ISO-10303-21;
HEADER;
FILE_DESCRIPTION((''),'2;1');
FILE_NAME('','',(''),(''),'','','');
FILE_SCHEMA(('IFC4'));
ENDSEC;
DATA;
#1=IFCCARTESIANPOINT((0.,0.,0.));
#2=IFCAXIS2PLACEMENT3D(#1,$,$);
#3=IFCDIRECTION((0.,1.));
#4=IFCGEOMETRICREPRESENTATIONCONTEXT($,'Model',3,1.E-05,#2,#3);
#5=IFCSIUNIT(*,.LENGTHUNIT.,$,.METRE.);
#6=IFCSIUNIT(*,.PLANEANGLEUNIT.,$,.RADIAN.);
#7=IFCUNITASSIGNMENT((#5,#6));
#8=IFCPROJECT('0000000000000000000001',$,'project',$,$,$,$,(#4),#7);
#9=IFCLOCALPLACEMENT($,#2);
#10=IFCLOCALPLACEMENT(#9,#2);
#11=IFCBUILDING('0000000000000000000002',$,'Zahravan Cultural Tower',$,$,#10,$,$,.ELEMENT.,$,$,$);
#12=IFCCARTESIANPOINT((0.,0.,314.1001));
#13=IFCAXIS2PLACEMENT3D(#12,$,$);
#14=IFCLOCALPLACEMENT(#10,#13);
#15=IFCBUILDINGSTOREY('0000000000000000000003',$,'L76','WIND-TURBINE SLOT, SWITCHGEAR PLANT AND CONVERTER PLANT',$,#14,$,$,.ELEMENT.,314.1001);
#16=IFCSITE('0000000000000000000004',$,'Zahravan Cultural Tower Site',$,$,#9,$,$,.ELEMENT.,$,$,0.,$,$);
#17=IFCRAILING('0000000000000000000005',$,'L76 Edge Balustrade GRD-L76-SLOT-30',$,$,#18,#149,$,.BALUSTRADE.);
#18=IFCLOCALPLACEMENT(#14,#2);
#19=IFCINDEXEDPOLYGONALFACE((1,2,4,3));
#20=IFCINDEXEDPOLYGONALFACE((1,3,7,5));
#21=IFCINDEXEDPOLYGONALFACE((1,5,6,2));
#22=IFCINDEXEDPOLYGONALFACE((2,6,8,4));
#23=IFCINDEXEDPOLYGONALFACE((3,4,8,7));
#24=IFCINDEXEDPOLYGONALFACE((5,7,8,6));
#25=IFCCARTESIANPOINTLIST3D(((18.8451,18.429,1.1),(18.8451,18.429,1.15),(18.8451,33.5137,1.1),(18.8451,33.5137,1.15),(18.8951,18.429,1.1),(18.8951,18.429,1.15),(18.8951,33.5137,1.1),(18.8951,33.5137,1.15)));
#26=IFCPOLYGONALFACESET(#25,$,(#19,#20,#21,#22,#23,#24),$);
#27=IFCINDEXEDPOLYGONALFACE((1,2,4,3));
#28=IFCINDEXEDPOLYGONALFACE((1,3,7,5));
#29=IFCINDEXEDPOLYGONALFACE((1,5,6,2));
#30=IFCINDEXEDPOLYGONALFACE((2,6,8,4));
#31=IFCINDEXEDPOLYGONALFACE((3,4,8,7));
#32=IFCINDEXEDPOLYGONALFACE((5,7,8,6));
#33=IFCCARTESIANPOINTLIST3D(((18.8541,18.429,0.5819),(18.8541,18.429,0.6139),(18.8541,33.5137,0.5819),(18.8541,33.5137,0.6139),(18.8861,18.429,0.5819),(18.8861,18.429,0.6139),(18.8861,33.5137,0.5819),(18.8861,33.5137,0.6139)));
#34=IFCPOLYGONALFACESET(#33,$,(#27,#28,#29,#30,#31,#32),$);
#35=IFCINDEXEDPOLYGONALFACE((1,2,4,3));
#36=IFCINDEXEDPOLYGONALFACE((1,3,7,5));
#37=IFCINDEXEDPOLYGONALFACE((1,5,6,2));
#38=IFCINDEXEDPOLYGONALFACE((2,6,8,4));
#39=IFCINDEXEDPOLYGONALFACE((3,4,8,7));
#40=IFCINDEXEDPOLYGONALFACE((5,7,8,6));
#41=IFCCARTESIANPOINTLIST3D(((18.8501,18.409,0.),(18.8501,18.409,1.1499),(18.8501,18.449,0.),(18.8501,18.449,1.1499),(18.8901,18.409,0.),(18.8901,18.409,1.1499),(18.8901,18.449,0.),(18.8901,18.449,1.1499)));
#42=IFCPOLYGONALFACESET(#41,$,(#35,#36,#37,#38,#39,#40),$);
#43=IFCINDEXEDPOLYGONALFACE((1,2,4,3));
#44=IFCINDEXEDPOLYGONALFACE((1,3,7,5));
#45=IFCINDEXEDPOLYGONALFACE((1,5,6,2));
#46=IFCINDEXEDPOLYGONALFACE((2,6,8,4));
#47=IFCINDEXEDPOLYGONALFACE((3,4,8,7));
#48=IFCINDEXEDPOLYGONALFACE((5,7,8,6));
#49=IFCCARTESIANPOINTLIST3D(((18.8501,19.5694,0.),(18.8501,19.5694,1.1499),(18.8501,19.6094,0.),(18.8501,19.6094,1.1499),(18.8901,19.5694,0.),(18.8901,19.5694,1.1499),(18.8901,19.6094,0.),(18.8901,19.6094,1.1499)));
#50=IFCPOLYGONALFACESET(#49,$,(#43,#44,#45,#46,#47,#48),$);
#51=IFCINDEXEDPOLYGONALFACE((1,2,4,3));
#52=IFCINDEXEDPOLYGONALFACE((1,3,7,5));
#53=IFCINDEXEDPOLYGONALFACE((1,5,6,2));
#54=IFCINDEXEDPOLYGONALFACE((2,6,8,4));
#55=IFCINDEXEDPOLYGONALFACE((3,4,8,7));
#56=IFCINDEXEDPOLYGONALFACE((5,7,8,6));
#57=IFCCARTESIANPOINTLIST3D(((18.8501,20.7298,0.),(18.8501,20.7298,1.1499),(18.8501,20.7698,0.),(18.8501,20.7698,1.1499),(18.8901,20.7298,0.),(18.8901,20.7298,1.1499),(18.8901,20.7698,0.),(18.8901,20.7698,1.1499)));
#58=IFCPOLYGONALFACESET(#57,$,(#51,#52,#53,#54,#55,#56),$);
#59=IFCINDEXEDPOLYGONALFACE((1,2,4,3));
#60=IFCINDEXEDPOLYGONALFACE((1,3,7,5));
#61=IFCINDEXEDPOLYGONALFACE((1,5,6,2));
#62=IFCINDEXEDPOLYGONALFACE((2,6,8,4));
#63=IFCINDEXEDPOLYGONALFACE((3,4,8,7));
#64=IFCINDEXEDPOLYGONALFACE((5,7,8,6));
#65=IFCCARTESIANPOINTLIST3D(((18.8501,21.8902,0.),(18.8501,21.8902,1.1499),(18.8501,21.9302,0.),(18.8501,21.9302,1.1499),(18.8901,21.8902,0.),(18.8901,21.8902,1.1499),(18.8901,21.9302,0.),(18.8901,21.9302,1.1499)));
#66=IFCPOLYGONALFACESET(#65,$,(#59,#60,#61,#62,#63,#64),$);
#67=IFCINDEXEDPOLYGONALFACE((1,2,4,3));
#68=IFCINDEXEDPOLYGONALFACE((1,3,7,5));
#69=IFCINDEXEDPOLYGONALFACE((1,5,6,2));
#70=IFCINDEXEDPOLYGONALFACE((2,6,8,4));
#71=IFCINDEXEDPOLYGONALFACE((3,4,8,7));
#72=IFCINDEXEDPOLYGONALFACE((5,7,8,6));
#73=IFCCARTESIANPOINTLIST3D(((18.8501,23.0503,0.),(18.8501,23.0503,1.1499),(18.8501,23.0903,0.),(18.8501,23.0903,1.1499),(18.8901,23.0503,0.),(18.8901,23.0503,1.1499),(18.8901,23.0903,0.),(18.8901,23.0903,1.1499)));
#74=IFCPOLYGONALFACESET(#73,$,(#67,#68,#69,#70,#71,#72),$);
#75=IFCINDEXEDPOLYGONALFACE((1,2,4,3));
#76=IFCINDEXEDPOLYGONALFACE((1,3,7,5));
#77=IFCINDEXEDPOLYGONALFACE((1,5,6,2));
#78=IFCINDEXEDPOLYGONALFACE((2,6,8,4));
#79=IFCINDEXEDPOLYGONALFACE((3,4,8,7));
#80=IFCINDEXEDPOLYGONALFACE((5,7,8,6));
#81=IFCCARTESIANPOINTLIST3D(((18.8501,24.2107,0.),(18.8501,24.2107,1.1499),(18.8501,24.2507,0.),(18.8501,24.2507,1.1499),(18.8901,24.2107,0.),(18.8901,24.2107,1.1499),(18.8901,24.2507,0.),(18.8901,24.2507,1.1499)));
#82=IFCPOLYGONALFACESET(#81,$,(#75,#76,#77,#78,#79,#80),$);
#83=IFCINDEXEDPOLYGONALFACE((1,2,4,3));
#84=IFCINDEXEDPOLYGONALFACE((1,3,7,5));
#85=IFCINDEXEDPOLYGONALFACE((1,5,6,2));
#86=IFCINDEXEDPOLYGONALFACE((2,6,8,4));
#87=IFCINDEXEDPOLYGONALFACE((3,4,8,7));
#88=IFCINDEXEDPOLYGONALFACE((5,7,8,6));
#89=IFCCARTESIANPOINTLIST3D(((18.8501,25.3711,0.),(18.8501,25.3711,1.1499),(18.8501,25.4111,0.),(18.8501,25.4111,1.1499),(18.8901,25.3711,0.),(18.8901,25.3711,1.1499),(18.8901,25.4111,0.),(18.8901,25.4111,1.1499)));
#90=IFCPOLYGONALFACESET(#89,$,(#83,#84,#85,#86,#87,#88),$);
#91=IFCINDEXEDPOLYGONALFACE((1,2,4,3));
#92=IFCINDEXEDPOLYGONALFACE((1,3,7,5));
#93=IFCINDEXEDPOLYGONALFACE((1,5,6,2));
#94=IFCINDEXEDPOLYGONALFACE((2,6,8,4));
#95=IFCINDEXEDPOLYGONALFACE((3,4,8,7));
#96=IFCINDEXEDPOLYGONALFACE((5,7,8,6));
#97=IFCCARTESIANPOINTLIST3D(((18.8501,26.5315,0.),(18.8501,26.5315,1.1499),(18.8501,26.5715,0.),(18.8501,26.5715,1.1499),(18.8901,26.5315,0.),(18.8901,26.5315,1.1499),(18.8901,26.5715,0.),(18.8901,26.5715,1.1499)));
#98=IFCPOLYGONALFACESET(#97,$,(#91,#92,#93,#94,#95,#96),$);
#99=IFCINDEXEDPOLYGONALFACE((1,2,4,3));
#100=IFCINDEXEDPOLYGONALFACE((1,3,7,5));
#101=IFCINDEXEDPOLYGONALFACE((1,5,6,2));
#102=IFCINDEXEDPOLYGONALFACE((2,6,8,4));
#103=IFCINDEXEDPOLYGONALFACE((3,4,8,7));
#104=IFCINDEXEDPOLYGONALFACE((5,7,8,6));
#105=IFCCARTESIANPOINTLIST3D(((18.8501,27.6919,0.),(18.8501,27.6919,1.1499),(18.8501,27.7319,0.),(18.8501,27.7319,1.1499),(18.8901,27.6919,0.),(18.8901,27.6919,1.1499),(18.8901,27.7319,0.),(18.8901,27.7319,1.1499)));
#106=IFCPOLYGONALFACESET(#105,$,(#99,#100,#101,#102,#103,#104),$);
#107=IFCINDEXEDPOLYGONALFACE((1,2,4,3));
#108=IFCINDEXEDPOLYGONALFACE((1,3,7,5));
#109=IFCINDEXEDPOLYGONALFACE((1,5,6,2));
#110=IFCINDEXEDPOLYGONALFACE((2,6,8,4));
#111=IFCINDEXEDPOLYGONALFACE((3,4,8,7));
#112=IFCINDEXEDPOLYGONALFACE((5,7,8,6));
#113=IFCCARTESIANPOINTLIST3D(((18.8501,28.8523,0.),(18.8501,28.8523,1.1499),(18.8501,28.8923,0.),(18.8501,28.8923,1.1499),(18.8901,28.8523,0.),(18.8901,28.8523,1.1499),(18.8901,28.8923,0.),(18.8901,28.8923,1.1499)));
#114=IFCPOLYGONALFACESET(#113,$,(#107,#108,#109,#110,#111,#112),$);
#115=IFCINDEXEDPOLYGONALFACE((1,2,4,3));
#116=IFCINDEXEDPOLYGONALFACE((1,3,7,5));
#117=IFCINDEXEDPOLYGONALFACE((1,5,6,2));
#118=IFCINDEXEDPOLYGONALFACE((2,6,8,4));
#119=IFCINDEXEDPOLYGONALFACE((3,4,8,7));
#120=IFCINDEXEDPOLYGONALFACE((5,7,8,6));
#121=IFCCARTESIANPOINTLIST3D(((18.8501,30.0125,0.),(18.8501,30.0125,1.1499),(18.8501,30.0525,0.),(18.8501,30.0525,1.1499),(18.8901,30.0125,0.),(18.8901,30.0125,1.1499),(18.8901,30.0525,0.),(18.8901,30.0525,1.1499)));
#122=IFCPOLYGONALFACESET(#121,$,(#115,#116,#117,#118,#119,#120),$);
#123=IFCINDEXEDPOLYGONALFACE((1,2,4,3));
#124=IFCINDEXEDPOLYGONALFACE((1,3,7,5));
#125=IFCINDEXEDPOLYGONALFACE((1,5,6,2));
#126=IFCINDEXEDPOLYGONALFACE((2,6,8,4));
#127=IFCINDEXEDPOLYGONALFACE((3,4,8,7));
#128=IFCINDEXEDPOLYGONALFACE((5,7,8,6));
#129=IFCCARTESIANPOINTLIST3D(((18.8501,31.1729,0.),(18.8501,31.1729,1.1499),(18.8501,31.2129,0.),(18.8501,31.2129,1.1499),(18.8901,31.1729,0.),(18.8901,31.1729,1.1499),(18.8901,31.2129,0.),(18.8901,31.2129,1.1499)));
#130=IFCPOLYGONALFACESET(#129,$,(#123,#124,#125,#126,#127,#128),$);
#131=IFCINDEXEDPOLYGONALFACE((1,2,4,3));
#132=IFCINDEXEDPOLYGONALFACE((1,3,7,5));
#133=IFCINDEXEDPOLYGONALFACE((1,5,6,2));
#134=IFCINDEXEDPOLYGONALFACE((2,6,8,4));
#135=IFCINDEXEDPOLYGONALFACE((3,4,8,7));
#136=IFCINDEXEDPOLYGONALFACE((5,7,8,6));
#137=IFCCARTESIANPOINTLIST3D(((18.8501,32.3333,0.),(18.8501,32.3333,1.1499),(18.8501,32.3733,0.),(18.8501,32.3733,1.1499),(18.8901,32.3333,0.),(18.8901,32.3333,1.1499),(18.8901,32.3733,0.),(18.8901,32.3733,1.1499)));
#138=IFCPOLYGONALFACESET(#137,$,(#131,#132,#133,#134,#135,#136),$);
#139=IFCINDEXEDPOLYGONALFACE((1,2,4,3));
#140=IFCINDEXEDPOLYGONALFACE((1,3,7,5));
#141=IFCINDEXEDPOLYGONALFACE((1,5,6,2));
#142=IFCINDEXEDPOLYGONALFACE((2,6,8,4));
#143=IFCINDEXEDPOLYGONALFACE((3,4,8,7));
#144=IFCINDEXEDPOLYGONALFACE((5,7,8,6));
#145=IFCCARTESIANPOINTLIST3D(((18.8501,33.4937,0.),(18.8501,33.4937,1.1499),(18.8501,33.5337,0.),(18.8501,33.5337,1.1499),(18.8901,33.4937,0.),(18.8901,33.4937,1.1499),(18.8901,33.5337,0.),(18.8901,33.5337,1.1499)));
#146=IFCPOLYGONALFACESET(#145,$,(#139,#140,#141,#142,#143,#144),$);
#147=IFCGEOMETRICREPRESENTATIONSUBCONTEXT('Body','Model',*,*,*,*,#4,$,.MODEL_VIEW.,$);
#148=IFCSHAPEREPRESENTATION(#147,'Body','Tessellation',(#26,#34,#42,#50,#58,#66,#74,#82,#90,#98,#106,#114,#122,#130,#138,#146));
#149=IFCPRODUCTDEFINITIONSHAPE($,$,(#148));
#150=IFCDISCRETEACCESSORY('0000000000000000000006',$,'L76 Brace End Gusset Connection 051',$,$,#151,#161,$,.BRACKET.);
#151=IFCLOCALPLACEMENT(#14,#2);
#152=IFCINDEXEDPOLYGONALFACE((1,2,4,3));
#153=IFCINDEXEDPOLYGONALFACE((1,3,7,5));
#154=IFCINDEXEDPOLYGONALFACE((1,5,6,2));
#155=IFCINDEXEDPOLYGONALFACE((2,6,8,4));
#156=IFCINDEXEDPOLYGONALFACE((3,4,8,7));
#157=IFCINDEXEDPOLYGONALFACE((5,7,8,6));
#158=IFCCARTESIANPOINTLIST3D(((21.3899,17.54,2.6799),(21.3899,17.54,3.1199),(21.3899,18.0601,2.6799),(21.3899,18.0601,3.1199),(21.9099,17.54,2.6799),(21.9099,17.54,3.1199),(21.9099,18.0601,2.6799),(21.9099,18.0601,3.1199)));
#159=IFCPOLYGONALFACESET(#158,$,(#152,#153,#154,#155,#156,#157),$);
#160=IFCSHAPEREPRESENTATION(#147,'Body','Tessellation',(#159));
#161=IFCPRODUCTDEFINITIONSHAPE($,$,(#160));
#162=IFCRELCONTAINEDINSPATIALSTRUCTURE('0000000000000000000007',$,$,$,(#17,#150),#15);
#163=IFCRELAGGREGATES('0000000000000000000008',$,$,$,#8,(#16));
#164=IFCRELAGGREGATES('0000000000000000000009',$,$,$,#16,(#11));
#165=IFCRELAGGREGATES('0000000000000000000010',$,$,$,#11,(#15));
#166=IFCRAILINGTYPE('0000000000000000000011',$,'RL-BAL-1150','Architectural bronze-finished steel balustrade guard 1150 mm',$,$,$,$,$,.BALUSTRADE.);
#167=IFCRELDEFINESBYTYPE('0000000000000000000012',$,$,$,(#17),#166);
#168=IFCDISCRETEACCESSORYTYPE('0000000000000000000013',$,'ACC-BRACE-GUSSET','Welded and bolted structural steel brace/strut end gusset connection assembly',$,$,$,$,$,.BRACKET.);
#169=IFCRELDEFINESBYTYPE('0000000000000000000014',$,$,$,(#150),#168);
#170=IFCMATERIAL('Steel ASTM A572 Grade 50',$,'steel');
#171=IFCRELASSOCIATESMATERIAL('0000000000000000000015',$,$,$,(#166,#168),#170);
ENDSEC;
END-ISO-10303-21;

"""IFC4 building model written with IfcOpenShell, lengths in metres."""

from ifc_helpers import new_model, si_unit, direction, frame, origin, origin_2d, place, context, subcontext, project, spatial, rectangle, extrude, source, transform, mapped, material, type_object, element, save


model = new_model("IFC4")

# Units and contexts
model_context = context("Model", 3, precision=1e-05, world=origin(), true_north=direction((0.0, 1.0)))
body_context = subcontext(model_context, "Body", "Model", "MODEL_VIEW")
ifc_project = project(units=[si_unit("LENGTHUNIT", "METRE"), si_unit("PLANEANGLEUNIT", "RADIAN")], contexts=[model_context])

# Site, building, storey
site_placement = place(None, origin())
site = spatial("IfcSite", under=ifc_project, at=site_placement, Name="Zahravan Cultural Tower Site", CompositionType="ELEMENT", RefElevation=0.0)
building_placement = place(site_placement, origin())
building = spatial("IfcBuilding", under=site, at=building_placement, Name="Zahravan Cultural Tower", CompositionType="ELEMENT")
storey_placement = place(building_placement, frame((0.0, 0.0, 314.1001)))
storey = spatial("IfcBuildingStorey", under=building, at=storey_placement, Name="L76", Description="WIND-TURBINE SLOT, SWITCHGEAR PLANT AND CONVERTER PLANT", CompositionType="ELEMENT", Elevation=314.1001)

# Shared definitions
ifc_material_1 = material(Name="Steel ASTM A572 Grade 50", Category="steel")

# Railing
railing_type = type_object("IfcRailingType", Name="RL-BAL-1150", Description="Architectural bronze-finished steel balustrade guard 1150 mm", PredefinedType="BALUSTRADE", material=ifc_material_1)
railing_1_placement = place(storey_placement, frame((18.8701, 18.429, 0.0)))
element("IfcRailing", 1, at=railing_1_placement, inside=storey, type_object=railing_type, Name="L76 Edge Balustrade GRD-L76-SLOT-30", PredefinedType="BALUSTRADE", context=body_context, shape_type="SweptSolid", body=[
    extrude(rectangle(XDim=0.05, YDim=0.05, at=origin_2d()), frame((0.0, 0.0, 1.125), z_axis=(0.0, 1.0, 0.0), x_axis=(-1.0, 0.0, 0.0)), (0.0, 0.0, 1.0), 15.0847),
    extrude(rectangle(XDim=0.032, YDim=0.032, at=origin_2d()), frame((0.0, 0.0, 0.5979), z_axis=(0.0, 1.0, 0.0), x_axis=(-1.0, 0.0, 0.0)), (0.0, 0.0, 1.0), 15.0847),
    extrude(rectangle(XDim=0.04, YDim=0.04, at=origin_2d()), origin(), (0.0, 0.0, 1.0), 1.1499),
    extrude(rectangle(XDim=0.04, YDim=0.04, at=origin_2d()), frame((0.0, 1.1604, 0.0)), (0.0, 0.0, 1.0), 1.1499),
    extrude(rectangle(XDim=0.04, YDim=0.04, at=origin_2d()), frame((0.0, 2.3208, 0.0)), (0.0, 0.0, 1.0), 1.1499),
    extrude(rectangle(XDim=0.04, YDim=0.04, at=origin_2d()), frame((0.0, 3.4812, 0.0)), (0.0, 0.0, 1.0), 1.1499),
    extrude(rectangle(XDim=0.04, YDim=0.04, at=origin_2d()), frame((0.0, 4.6414, 0.0)), (0.0, 0.0, 1.0), 1.1499),
    extrude(rectangle(XDim=0.04, YDim=0.04, at=origin_2d()), frame((0.0, 5.8018, 0.0)), (0.0, 0.0, 1.0), 1.1499),
    extrude(rectangle(XDim=0.04, YDim=0.04, at=origin_2d()), frame((0.0, 6.9622, 0.0)), (0.0, 0.0, 1.0), 1.1499),
    extrude(rectangle(XDim=0.04, YDim=0.04, at=origin_2d()), frame((0.0, 8.1226, 0.0)), (0.0, 0.0, 1.0), 1.1499),
    extrude(rectangle(XDim=0.04, YDim=0.04, at=origin_2d()), frame((0.0, 9.283, 0.0)), (0.0, 0.0, 1.0), 1.1499),
    extrude(rectangle(XDim=0.04, YDim=0.04, at=origin_2d()), frame((0.0, 10.4434, 0.0)), (0.0, 0.0, 1.0), 1.1499),
    extrude(rectangle(XDim=0.04, YDim=0.04, at=origin_2d()), frame((0.0, 11.6035, 0.0)), (0.0, 0.0, 1.0), 1.1499),
    extrude(rectangle(XDim=0.04, YDim=0.04, at=origin_2d()), frame((0.0, 12.7639, 0.0)), (0.0, 0.0, 1.0), 1.1499),
    extrude(rectangle(XDim=0.04, YDim=0.04, at=origin_2d()), frame((0.0, 13.9243, 0.0)), (0.0, 0.0, 1.0), 1.1499),
    extrude(rectangle(XDim=0.04, YDim=0.04, at=origin_2d()), frame((0.0, 15.0847, 0.0)), (0.0, 0.0, 1.0), 1.1499),
])

# Discrete accessory
discrete_accessory_type = type_object("IfcDiscreteAccessoryType", Name="ACC-BRACE-GUSSET", Description="Welded and bolted structural steel brace/strut end gusset connection assembly", PredefinedType="BRACKET", material=ifc_material_1)
shared_shape_1 = source(origin(), body_context, "Body", "SweptSolid", [
    extrude(rectangle(XDim=0.52, YDim=0.52, at=origin_2d()), origin(), (0.0, 0.0, 1.0), 0.4399),
])
discrete_accessory_placement = place(storey_placement, frame((21.6499, 17.8, 2.6799), z_axis=(0.0, 0.0, 1.0), x_axis=(1.0, 0.0, 0.0)))
element("IfcDiscreteAccessory", 2, at=discrete_accessory_placement, inside=storey, type_object=discrete_accessory_type, Name="L76 Brace End Gusset Connection 051", PredefinedType="BRACKET", context=body_context, shape_type="MappedRepresentation", body=[
    mapped(shared_shape_1, transform((0.0, 0.0, 0.0), x_axis=(1.0, 0.0, 0.0), y_axis=(0.0, 1.0, 0.0), z_axis=(0.0, 0.0, 1.0), scale=1.0)),
])

save(model, "model.ifc")
